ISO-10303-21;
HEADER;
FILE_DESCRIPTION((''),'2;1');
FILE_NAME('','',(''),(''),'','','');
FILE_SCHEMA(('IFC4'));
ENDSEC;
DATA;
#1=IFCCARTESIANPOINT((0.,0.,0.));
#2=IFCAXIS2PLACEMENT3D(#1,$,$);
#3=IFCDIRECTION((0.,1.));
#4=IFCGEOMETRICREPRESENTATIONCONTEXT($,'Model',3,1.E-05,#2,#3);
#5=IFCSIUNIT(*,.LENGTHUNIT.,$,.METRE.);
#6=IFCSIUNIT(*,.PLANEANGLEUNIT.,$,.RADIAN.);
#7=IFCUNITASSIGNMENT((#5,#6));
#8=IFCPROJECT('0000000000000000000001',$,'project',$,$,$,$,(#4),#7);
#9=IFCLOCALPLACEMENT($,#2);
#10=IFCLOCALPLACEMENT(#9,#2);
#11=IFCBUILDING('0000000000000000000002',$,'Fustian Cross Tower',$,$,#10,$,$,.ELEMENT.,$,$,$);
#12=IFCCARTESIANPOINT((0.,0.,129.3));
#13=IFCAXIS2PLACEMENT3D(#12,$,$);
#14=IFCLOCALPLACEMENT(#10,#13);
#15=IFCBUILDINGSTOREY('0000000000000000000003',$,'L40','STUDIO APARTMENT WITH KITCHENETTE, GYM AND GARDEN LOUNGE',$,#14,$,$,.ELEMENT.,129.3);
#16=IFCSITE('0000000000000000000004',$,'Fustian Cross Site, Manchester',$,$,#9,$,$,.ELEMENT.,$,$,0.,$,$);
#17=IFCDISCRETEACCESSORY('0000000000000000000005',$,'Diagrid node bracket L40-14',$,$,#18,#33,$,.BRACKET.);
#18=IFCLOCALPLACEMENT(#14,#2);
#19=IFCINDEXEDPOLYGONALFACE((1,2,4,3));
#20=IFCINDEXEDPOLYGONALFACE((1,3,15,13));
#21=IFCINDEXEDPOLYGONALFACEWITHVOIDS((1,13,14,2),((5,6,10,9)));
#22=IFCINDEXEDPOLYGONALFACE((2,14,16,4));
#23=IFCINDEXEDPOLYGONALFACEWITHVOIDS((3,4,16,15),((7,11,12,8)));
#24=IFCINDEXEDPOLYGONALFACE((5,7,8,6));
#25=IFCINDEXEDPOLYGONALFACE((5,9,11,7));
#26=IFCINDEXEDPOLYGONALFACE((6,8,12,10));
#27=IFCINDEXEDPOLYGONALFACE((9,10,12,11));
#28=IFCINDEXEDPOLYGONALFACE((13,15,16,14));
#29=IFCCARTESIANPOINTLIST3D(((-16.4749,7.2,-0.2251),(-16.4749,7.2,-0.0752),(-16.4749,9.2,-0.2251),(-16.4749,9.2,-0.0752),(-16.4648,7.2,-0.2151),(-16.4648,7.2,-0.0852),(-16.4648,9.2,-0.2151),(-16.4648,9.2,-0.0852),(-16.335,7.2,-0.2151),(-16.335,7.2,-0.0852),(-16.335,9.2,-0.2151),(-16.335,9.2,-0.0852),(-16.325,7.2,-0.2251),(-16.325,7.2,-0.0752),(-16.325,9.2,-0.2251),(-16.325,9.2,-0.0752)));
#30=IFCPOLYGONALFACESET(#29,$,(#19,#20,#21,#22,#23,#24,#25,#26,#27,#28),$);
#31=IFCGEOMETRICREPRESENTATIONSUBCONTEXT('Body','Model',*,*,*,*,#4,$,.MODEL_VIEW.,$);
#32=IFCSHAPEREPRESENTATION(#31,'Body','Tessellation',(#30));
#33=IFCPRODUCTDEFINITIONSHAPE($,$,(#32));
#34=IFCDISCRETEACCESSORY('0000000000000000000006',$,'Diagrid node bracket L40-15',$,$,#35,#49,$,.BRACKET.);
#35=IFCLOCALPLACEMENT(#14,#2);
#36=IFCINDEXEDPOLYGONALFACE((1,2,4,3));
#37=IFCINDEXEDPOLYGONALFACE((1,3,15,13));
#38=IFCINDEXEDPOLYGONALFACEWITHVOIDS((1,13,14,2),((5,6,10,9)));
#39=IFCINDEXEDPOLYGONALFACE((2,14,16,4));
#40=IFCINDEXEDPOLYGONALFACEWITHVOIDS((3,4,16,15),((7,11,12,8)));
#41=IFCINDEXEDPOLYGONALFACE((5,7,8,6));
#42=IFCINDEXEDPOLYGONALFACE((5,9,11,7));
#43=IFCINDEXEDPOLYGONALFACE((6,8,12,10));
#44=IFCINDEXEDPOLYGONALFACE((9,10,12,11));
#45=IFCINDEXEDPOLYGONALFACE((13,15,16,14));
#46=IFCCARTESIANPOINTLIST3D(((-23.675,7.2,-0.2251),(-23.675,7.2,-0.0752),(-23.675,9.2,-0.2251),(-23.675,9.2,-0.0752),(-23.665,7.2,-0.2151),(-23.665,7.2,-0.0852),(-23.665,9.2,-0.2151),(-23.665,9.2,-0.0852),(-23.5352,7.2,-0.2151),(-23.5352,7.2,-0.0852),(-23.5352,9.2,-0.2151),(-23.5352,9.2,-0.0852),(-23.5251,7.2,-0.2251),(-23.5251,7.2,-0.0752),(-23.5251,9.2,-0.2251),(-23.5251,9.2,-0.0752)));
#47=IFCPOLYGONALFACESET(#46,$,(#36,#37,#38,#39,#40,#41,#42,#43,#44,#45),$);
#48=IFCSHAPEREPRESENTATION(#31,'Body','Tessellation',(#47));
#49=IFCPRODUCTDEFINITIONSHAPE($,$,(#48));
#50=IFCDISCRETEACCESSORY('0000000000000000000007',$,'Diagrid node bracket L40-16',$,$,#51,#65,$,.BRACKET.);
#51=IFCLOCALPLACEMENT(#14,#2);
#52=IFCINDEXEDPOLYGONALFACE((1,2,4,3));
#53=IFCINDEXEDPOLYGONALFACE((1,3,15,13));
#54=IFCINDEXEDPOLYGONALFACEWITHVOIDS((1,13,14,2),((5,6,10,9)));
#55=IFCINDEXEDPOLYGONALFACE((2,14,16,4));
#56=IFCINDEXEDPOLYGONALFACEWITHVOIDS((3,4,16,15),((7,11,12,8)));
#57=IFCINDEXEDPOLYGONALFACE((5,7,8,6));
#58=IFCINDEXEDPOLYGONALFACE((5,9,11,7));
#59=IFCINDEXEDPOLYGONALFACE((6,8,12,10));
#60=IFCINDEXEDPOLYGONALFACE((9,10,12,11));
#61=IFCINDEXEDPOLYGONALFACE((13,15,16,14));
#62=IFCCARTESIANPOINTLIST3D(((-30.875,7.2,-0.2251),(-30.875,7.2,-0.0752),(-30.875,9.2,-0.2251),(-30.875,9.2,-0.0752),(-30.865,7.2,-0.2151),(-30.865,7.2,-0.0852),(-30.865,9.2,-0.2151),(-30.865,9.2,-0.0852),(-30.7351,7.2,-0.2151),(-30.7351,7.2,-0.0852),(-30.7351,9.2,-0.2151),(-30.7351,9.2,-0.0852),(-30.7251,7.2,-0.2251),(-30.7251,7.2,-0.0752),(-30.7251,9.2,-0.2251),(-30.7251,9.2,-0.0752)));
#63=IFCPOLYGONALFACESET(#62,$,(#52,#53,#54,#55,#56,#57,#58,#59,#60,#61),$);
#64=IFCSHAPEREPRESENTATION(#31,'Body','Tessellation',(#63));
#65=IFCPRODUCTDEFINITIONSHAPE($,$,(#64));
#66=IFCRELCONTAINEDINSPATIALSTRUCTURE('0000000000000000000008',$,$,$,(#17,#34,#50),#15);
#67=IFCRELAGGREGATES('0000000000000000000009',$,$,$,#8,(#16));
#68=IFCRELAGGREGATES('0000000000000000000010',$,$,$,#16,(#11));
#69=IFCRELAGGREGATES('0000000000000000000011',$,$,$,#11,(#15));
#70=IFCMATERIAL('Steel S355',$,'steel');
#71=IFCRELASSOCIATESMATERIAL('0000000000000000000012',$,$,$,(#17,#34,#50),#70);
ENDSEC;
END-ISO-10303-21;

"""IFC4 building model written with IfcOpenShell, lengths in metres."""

from ifc_helpers import new_model, si_unit, direction, frame, origin, origin_2d, place, context, subcontext, project, spatial, hollow_rectangle, extrude, material, element, save


model = new_model("IFC4")

# Units and contexts
model_context = context("Model", 3, precision=1e-05, world=origin(), true_north=direction((0.0, 1.0)))
body_context = subcontext(model_context, "Body", "Model", "MODEL_VIEW")
ifc_project = project(units=[si_unit("LENGTHUNIT", "METRE"), si_unit("PLANEANGLEUNIT", "RADIAN")], contexts=[model_context])

# Site, building, storey
site_placement = place(None, origin())
site = spatial("IfcSite", under=ifc_project, at=site_placement, Name="Fustian Cross Site, Manchester", CompositionType="ELEMENT", RefElevation=0.0)
building_placement = place(site_placement, origin())
building = spatial("IfcBuilding", under=site, at=building_placement, Name="Fustian Cross Tower", CompositionType="ELEMENT")
storey_placement = place(building_placement, frame((0.0, 0.0, 129.3)))
storey = spatial("IfcBuildingStorey", under=building, at=storey_placement, Name="L40", Description="STUDIO APARTMENT WITH KITCHENETTE, GYM AND GARDEN LOUNGE", CompositionType="ELEMENT", Elevation=129.3)

# Discrete accessories
ifc_material_1 = material(Name="Steel S355", Category="steel")
for number, where, z_axis, x_axis, name in (
    (1, (-16.3999, 9.2, -0.1501), (0.0, -1.0, 0.0), (1.0, 0.0, 0.0), "Diagrid node bracket L40-14"),
    (2, (-23.6001, 9.2, -0.1501), (0.0, -1.0, 0.0), (1.0, 0.0, 0.0), "Diagrid node bracket L40-15"),
    (3, (-30.8, 9.2, -0.1501), (0.0, -1.0, 0.0), (1.0, 0.0, 0.0), "Diagrid node bracket L40-16"),
):
    element("IfcDiscreteAccessory", number, at=place(storey_placement, frame(where, z_axis=z_axis, x_axis=x_axis)), inside=storey, material=ifc_material_1, Name=name, PredefinedType="BRACKET", context=body_context, shape_type="SweptSolid", body=[
        extrude(hollow_rectangle(XDim=0.1499, YDim=0.1499, WallThickness=0.01, at=origin_2d()), origin(), (0.0, 0.0, 1.0), 2.0),
    ])

save(model, "model.ifc")
